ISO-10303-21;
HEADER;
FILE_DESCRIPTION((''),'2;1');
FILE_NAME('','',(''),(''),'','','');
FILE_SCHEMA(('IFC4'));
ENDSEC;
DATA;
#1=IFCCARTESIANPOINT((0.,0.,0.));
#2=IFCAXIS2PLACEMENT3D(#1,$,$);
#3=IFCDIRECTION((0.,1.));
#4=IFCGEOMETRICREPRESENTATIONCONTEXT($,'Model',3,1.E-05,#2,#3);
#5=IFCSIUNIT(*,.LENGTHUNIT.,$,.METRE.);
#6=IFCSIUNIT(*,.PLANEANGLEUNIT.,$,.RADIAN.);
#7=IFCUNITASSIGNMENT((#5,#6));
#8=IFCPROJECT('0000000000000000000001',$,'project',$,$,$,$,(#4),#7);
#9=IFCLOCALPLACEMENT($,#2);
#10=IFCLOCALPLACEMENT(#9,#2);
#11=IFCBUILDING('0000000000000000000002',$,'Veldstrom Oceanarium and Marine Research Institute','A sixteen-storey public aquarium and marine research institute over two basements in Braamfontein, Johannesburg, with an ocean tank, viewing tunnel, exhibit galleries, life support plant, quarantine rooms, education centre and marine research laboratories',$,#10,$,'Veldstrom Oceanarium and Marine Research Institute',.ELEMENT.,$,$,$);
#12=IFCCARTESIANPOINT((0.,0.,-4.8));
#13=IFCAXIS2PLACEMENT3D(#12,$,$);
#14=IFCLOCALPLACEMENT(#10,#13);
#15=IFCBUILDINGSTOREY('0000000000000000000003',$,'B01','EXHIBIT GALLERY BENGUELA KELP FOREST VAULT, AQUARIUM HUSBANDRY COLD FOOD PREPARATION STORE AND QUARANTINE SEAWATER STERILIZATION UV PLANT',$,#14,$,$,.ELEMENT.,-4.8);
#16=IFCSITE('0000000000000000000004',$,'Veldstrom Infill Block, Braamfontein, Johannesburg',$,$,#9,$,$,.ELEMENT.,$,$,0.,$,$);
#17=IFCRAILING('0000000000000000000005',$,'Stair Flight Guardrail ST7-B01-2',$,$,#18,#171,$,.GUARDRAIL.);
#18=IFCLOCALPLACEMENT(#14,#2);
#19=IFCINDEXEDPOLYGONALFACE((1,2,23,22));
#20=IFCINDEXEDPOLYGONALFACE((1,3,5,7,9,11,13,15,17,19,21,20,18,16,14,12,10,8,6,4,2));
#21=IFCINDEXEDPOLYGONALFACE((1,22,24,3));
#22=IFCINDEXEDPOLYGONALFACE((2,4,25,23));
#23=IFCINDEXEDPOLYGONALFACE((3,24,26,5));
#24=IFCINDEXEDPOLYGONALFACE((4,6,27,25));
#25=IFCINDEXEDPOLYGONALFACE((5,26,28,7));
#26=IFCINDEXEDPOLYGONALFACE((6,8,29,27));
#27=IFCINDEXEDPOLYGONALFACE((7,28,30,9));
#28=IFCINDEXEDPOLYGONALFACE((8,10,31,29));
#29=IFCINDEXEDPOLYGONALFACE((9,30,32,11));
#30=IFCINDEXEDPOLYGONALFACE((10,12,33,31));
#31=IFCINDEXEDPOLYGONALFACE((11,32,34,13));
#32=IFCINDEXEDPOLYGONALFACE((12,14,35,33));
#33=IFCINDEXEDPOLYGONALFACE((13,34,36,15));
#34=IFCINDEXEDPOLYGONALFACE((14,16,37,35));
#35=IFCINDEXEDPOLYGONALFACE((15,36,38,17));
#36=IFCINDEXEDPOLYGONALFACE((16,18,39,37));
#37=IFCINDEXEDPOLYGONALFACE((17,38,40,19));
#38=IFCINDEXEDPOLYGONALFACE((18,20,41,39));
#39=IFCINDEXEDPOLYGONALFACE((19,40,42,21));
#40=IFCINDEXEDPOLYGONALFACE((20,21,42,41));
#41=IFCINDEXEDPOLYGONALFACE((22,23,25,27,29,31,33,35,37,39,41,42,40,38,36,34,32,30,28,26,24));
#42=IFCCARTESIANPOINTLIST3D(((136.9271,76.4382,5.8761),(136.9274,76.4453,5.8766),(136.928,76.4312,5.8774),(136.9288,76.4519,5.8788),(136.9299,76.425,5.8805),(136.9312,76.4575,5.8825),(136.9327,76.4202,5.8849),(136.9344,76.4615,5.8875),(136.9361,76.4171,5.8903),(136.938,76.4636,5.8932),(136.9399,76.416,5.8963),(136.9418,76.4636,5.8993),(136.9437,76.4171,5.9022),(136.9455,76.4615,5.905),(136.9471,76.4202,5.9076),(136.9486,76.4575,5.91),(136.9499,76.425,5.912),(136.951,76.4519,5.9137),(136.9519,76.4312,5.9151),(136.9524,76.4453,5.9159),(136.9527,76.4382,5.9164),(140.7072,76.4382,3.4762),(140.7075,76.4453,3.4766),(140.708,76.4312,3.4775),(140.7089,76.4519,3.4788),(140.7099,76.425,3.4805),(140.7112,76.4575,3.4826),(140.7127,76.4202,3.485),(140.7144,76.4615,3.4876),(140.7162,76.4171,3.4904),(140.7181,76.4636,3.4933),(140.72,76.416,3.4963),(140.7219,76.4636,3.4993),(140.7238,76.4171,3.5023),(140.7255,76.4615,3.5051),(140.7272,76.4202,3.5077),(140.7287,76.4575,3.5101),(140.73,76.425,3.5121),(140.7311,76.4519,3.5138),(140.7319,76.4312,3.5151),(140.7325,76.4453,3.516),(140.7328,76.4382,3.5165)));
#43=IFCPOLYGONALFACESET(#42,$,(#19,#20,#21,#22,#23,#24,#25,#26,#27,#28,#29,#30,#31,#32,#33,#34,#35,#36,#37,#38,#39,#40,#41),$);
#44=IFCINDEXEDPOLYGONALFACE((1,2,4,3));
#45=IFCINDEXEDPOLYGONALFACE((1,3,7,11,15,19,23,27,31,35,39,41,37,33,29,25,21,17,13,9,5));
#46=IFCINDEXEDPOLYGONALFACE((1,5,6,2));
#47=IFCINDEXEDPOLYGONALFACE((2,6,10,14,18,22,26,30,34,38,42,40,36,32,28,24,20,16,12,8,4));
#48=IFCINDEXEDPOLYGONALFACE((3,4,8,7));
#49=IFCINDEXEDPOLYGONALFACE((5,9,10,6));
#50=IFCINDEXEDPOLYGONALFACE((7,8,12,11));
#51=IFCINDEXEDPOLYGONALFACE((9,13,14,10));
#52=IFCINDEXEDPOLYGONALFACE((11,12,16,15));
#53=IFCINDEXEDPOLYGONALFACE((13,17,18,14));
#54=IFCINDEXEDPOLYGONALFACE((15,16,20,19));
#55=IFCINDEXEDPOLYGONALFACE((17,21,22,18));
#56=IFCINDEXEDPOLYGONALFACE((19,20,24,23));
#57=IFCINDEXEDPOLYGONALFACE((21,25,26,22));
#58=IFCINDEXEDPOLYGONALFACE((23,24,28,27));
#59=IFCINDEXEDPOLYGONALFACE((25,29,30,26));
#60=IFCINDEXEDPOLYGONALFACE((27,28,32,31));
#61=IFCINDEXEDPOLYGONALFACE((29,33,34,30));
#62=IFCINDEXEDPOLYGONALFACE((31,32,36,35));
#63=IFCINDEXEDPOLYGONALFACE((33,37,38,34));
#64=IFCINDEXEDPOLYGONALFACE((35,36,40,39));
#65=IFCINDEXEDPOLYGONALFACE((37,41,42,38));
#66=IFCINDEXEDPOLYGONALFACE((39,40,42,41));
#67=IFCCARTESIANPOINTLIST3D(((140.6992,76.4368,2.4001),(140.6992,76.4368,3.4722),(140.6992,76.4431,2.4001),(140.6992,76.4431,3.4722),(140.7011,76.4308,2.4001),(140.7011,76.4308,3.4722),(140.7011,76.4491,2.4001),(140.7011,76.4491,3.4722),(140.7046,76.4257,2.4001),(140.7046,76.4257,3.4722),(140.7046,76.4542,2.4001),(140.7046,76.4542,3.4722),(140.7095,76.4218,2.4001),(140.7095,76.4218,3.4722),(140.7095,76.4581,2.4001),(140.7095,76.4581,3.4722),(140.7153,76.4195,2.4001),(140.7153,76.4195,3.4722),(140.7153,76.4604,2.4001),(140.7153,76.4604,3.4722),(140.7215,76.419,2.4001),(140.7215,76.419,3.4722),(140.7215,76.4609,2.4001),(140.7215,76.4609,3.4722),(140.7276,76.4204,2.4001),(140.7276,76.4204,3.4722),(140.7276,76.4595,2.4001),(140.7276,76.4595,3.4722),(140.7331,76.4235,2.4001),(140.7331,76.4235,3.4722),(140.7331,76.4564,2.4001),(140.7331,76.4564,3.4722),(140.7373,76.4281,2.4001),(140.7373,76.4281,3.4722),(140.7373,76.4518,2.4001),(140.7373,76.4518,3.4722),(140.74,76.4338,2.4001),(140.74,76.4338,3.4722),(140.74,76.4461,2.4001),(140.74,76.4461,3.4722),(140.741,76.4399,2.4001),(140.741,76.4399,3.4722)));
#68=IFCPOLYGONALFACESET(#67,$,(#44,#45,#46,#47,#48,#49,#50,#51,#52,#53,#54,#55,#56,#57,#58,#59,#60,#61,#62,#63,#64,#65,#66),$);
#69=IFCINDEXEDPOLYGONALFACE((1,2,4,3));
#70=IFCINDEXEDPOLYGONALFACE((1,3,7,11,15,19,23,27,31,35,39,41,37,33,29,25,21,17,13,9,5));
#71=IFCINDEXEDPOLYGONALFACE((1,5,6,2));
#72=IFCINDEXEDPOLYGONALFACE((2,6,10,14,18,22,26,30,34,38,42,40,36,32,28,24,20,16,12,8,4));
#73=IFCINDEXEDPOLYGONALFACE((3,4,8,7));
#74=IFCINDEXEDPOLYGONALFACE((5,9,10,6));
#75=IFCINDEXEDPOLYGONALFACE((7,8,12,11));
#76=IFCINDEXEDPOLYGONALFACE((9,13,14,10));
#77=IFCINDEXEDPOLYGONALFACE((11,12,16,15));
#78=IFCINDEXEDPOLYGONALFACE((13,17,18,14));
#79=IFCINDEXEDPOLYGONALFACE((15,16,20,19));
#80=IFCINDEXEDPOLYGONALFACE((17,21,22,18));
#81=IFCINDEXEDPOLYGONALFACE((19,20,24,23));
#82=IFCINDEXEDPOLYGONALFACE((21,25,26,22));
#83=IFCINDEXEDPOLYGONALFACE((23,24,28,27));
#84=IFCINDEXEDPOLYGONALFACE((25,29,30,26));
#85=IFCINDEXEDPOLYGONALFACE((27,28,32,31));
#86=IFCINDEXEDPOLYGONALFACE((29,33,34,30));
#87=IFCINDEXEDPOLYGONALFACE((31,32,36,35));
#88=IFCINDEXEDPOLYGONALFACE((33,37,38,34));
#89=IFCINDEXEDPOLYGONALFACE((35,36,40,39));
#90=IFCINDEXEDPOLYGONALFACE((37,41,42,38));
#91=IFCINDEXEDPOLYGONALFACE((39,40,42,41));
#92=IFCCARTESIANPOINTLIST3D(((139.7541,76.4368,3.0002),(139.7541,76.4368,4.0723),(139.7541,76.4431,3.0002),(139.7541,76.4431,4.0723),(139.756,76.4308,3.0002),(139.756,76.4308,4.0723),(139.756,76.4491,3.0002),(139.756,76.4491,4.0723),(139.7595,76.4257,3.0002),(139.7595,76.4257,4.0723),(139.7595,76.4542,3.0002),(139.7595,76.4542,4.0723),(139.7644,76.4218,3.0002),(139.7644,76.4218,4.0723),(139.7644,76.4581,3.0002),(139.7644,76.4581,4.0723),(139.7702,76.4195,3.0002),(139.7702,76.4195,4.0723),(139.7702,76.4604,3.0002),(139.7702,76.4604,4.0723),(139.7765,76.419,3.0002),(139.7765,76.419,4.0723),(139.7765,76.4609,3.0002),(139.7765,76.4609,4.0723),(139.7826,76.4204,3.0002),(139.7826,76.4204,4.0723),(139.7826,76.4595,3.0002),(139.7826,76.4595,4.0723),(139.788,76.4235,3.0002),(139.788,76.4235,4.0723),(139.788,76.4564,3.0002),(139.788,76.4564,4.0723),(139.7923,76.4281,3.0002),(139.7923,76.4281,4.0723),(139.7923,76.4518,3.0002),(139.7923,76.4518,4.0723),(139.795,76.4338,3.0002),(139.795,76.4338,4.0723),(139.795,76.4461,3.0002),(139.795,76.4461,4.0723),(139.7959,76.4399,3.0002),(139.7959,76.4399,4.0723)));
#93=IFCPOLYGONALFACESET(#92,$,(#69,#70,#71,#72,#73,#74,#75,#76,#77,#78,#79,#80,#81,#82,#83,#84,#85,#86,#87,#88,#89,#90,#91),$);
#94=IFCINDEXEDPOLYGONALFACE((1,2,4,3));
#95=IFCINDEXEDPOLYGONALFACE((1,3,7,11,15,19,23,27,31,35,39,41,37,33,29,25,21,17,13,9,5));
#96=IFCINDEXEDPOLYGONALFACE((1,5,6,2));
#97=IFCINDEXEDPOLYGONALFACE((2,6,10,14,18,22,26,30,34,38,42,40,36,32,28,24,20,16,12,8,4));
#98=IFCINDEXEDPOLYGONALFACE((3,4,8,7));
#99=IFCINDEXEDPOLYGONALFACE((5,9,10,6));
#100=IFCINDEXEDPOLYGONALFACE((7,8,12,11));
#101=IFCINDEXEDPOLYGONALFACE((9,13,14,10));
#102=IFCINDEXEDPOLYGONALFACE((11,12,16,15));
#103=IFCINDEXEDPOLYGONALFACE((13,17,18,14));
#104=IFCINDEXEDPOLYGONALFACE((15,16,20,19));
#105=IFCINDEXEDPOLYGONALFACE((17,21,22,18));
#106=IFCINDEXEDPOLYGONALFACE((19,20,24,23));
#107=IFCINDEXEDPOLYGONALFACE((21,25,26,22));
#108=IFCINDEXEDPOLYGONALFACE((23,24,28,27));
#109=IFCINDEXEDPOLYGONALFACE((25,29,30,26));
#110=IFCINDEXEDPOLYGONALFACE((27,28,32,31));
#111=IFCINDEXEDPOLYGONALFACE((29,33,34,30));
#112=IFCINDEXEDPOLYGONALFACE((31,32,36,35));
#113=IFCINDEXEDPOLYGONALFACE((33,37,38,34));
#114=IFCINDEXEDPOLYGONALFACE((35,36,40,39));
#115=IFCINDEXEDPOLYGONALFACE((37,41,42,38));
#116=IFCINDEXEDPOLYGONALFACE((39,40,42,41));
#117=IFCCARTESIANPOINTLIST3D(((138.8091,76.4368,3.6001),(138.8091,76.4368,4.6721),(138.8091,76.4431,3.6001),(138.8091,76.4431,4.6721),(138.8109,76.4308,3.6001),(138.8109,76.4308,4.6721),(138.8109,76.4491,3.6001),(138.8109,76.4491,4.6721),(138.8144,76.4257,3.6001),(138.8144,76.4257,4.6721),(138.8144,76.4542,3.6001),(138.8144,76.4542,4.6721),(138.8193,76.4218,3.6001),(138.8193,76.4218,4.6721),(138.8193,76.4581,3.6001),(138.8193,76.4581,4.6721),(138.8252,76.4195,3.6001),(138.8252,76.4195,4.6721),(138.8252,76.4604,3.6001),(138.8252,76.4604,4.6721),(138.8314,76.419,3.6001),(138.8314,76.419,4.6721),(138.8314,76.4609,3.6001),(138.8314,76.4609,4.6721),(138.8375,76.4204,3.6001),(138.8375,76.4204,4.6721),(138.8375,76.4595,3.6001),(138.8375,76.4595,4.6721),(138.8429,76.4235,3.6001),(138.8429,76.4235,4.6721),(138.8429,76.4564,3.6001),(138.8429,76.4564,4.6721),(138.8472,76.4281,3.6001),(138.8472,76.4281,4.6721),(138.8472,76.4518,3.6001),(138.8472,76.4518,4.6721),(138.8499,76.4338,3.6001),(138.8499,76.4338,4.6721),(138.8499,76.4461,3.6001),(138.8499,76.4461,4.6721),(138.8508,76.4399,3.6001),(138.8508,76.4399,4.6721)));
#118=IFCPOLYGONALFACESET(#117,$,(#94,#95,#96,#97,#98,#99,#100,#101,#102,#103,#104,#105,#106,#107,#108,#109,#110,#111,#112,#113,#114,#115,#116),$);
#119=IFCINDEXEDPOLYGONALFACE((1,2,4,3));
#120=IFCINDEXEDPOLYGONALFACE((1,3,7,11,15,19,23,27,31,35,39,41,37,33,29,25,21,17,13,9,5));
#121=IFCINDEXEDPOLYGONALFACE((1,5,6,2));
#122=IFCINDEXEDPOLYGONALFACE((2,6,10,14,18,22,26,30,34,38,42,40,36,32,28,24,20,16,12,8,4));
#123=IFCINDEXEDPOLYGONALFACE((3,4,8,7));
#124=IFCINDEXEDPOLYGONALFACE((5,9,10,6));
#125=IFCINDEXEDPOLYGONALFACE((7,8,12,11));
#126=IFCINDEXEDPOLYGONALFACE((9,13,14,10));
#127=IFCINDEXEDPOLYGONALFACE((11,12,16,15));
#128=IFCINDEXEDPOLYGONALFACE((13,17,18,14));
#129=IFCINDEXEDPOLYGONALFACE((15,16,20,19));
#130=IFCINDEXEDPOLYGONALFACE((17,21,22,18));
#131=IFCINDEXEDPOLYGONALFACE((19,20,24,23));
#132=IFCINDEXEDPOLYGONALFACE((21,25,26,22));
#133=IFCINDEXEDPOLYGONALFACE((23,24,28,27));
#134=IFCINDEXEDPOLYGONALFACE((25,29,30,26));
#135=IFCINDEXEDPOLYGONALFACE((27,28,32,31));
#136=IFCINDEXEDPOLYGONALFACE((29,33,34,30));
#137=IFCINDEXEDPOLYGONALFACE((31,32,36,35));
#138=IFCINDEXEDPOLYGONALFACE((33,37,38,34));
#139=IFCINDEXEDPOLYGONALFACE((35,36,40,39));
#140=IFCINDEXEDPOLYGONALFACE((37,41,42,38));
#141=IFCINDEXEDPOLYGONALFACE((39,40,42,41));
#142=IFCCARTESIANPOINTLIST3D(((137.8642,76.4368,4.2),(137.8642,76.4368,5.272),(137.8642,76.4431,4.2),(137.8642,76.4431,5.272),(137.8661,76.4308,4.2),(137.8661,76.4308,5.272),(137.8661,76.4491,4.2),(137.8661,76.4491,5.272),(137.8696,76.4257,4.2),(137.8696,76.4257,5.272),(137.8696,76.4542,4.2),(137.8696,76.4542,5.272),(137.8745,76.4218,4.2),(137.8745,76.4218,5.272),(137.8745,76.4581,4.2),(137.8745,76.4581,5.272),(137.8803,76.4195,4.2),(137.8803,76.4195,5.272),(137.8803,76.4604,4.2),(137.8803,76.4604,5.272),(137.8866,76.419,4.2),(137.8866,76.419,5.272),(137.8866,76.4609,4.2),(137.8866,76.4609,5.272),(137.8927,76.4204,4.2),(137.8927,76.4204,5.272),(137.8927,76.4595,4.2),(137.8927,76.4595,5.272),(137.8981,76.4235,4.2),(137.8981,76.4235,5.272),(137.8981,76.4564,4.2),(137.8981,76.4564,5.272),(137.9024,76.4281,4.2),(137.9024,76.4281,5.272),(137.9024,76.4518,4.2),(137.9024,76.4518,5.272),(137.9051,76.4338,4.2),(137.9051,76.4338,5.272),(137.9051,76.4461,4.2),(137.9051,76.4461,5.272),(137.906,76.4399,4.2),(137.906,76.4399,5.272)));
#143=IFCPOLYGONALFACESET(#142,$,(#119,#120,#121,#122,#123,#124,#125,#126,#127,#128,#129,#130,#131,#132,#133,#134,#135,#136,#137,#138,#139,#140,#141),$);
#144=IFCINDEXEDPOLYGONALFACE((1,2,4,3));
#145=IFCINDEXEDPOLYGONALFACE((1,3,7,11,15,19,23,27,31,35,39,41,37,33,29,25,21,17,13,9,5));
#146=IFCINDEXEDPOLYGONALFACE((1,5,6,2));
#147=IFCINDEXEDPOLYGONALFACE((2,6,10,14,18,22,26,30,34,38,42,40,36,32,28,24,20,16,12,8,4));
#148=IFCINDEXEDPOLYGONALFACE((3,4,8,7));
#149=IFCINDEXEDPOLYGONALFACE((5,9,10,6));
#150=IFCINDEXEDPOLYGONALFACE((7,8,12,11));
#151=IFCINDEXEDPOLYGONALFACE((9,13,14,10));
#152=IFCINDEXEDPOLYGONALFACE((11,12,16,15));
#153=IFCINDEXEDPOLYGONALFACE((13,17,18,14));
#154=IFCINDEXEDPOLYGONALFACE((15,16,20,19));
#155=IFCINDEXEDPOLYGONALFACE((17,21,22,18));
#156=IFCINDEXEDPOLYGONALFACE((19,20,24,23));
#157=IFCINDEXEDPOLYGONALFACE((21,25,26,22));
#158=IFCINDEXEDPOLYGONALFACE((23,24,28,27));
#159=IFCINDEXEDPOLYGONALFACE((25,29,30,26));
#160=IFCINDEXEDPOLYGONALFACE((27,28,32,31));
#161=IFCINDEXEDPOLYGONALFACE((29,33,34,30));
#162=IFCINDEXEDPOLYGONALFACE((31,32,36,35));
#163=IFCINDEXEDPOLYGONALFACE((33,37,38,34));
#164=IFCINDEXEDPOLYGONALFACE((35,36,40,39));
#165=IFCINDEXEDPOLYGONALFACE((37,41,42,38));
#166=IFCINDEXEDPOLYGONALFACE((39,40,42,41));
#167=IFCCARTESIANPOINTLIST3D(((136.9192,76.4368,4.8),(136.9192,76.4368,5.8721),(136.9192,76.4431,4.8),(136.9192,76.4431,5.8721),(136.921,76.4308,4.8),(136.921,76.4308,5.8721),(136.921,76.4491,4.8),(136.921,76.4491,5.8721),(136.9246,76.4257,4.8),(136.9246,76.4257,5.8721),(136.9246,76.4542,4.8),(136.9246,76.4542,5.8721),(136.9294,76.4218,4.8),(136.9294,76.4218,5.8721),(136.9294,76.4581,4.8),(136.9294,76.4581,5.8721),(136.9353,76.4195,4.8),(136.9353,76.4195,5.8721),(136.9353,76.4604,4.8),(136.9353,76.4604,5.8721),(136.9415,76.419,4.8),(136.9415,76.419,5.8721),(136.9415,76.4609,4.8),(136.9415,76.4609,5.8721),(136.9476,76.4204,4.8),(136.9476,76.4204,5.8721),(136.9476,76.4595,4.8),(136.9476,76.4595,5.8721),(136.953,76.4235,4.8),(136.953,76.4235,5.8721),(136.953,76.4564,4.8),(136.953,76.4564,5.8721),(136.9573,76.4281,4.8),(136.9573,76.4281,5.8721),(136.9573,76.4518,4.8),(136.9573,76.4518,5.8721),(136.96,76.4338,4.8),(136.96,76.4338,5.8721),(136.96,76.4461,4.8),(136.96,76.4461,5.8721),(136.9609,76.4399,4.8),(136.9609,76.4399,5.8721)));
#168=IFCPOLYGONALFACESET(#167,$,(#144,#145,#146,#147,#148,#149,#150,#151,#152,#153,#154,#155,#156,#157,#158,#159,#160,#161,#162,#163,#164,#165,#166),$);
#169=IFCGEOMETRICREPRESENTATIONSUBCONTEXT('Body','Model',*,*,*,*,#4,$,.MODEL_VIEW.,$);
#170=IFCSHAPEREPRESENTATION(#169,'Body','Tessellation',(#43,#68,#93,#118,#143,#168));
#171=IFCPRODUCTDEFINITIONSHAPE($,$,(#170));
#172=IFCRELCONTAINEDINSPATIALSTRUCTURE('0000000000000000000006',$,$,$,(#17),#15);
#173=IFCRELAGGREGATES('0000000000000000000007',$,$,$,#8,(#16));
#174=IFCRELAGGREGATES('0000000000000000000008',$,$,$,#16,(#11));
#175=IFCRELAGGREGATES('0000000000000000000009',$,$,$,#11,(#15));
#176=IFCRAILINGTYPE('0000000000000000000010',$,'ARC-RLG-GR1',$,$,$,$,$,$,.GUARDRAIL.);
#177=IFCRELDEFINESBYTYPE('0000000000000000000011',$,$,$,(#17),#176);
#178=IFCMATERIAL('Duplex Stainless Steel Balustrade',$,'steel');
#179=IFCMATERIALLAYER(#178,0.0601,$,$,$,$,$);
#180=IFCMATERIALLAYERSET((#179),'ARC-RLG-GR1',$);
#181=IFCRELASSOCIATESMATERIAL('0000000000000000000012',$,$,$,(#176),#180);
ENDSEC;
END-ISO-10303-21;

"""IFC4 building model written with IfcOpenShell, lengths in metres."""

from ifc_helpers import new_model, si_unit, direction, frame, origin, origin_2d, place, context, subcontext, project, spatial, circle, extrude, material, layer, layer_set, type_object, element, save


model = new_model("IFC4")

# Units and contexts
model_context = context("Model", 3, precision=1e-05, world=origin(), true_north=direction((0.0, 1.0)))
body_context = subcontext(model_context, "Body", "Model", "MODEL_VIEW")
ifc_project = project(units=[si_unit("LENGTHUNIT", "METRE"), si_unit("PLANEANGLEUNIT", "RADIAN")], contexts=[model_context])

# Site, building, storey
site_placement = place(None, origin())
site = spatial("IfcSite", under=ifc_project, at=site_placement, Name="Veldstrom Infill Block, Braamfontein, Johannesburg", CompositionType="ELEMENT", RefElevation=0.0)
building_placement = place(site_placement, origin())
building = spatial("IfcBuilding", under=site, at=building_placement, Name="Veldstrom Oceanarium and Marine Research Institute", Description="A sixteen-storey public aquarium and marine research institute over two basements in Braamfontein, Johannesburg, with an ocean tank, viewing tunnel, exhibit galleries, life support plant, quarantine rooms, education centre and marine research laboratories", LongName="Veldstrom Oceanarium and Marine Research Institute", CompositionType="ELEMENT")
storey_placement = place(building_placement, frame((0.0, 0.0, -4.8)))
storey = spatial("IfcBuildingStorey", under=building, at=storey_placement, Name="B01", Description="EXHIBIT GALLERY BENGUELA KELP FOREST VAULT, AQUARIUM HUSBANDRY COLD FOOD PREPARATION STORE AND QUARANTINE SEAWATER STERILIZATION UV PLANT", CompositionType="ELEMENT", Elevation=-4.8)

# Railing
ifc_material_1 = material(Name="Duplex Stainless Steel Balustrade", Category="steel")
ifc_layer_1 = layer(ifc_material_1, 0.0601)
ifc_layer_set_1 = layer_set([ifc_layer_1], Name="ARC-RLG-GR1")
railing_type_1 = type_object("IfcRailingType", Name="ARC-RLG-GR1", PredefinedType="GUARDRAIL", material=ifc_layer_set_1)
railing_1_placement = place(storey_placement, frame((140.72, 76.4399, 2.4001)))
element("IfcRailing", 1, at=railing_1_placement, inside=storey, type_object=railing_type_1, Name="Stair Flight Guardrail ST7-B01-2", PredefinedType="GUARDRAIL", context=body_context, shape_type="SweptSolid", body=[
    extrude(circle(Radius=0.0239, at=origin_2d()), frame((0.0, 0.0, 1.0962), z_axis=(-0.844225, 0.0, 0.53599), x_axis=(0.0, -1.0, 0.0)), (0.0, 0.0, 1.0), 4.4775),
    extrude(circle(Radius=0.021, at=origin_2d()), origin(), (0.0, 0.0, 1.0), 1.072),
    extrude(circle(Radius=0.021, at=origin_2d()), frame((-0.9451, 0.0, 0.6001)), (0.0, 0.0, 1.0), 1.072),
    extrude(circle(Radius=0.021, at=origin_2d()), frame((-1.8901, 0.0, 1.2)), (0.0, 0.0, 1.0), 1.072),
    extrude(circle(Radius=0.021, at=origin_2d()), frame((-2.835, 0.0, 1.7998)), (0.0, 0.0, 1.0), 1.072),
    extrude(circle(Radius=0.021, at=origin_2d()), frame((-3.78, 0.0, 2.3999)), (0.0, 0.0, 1.0), 1.072),
])

save(model, "model.ifc")
